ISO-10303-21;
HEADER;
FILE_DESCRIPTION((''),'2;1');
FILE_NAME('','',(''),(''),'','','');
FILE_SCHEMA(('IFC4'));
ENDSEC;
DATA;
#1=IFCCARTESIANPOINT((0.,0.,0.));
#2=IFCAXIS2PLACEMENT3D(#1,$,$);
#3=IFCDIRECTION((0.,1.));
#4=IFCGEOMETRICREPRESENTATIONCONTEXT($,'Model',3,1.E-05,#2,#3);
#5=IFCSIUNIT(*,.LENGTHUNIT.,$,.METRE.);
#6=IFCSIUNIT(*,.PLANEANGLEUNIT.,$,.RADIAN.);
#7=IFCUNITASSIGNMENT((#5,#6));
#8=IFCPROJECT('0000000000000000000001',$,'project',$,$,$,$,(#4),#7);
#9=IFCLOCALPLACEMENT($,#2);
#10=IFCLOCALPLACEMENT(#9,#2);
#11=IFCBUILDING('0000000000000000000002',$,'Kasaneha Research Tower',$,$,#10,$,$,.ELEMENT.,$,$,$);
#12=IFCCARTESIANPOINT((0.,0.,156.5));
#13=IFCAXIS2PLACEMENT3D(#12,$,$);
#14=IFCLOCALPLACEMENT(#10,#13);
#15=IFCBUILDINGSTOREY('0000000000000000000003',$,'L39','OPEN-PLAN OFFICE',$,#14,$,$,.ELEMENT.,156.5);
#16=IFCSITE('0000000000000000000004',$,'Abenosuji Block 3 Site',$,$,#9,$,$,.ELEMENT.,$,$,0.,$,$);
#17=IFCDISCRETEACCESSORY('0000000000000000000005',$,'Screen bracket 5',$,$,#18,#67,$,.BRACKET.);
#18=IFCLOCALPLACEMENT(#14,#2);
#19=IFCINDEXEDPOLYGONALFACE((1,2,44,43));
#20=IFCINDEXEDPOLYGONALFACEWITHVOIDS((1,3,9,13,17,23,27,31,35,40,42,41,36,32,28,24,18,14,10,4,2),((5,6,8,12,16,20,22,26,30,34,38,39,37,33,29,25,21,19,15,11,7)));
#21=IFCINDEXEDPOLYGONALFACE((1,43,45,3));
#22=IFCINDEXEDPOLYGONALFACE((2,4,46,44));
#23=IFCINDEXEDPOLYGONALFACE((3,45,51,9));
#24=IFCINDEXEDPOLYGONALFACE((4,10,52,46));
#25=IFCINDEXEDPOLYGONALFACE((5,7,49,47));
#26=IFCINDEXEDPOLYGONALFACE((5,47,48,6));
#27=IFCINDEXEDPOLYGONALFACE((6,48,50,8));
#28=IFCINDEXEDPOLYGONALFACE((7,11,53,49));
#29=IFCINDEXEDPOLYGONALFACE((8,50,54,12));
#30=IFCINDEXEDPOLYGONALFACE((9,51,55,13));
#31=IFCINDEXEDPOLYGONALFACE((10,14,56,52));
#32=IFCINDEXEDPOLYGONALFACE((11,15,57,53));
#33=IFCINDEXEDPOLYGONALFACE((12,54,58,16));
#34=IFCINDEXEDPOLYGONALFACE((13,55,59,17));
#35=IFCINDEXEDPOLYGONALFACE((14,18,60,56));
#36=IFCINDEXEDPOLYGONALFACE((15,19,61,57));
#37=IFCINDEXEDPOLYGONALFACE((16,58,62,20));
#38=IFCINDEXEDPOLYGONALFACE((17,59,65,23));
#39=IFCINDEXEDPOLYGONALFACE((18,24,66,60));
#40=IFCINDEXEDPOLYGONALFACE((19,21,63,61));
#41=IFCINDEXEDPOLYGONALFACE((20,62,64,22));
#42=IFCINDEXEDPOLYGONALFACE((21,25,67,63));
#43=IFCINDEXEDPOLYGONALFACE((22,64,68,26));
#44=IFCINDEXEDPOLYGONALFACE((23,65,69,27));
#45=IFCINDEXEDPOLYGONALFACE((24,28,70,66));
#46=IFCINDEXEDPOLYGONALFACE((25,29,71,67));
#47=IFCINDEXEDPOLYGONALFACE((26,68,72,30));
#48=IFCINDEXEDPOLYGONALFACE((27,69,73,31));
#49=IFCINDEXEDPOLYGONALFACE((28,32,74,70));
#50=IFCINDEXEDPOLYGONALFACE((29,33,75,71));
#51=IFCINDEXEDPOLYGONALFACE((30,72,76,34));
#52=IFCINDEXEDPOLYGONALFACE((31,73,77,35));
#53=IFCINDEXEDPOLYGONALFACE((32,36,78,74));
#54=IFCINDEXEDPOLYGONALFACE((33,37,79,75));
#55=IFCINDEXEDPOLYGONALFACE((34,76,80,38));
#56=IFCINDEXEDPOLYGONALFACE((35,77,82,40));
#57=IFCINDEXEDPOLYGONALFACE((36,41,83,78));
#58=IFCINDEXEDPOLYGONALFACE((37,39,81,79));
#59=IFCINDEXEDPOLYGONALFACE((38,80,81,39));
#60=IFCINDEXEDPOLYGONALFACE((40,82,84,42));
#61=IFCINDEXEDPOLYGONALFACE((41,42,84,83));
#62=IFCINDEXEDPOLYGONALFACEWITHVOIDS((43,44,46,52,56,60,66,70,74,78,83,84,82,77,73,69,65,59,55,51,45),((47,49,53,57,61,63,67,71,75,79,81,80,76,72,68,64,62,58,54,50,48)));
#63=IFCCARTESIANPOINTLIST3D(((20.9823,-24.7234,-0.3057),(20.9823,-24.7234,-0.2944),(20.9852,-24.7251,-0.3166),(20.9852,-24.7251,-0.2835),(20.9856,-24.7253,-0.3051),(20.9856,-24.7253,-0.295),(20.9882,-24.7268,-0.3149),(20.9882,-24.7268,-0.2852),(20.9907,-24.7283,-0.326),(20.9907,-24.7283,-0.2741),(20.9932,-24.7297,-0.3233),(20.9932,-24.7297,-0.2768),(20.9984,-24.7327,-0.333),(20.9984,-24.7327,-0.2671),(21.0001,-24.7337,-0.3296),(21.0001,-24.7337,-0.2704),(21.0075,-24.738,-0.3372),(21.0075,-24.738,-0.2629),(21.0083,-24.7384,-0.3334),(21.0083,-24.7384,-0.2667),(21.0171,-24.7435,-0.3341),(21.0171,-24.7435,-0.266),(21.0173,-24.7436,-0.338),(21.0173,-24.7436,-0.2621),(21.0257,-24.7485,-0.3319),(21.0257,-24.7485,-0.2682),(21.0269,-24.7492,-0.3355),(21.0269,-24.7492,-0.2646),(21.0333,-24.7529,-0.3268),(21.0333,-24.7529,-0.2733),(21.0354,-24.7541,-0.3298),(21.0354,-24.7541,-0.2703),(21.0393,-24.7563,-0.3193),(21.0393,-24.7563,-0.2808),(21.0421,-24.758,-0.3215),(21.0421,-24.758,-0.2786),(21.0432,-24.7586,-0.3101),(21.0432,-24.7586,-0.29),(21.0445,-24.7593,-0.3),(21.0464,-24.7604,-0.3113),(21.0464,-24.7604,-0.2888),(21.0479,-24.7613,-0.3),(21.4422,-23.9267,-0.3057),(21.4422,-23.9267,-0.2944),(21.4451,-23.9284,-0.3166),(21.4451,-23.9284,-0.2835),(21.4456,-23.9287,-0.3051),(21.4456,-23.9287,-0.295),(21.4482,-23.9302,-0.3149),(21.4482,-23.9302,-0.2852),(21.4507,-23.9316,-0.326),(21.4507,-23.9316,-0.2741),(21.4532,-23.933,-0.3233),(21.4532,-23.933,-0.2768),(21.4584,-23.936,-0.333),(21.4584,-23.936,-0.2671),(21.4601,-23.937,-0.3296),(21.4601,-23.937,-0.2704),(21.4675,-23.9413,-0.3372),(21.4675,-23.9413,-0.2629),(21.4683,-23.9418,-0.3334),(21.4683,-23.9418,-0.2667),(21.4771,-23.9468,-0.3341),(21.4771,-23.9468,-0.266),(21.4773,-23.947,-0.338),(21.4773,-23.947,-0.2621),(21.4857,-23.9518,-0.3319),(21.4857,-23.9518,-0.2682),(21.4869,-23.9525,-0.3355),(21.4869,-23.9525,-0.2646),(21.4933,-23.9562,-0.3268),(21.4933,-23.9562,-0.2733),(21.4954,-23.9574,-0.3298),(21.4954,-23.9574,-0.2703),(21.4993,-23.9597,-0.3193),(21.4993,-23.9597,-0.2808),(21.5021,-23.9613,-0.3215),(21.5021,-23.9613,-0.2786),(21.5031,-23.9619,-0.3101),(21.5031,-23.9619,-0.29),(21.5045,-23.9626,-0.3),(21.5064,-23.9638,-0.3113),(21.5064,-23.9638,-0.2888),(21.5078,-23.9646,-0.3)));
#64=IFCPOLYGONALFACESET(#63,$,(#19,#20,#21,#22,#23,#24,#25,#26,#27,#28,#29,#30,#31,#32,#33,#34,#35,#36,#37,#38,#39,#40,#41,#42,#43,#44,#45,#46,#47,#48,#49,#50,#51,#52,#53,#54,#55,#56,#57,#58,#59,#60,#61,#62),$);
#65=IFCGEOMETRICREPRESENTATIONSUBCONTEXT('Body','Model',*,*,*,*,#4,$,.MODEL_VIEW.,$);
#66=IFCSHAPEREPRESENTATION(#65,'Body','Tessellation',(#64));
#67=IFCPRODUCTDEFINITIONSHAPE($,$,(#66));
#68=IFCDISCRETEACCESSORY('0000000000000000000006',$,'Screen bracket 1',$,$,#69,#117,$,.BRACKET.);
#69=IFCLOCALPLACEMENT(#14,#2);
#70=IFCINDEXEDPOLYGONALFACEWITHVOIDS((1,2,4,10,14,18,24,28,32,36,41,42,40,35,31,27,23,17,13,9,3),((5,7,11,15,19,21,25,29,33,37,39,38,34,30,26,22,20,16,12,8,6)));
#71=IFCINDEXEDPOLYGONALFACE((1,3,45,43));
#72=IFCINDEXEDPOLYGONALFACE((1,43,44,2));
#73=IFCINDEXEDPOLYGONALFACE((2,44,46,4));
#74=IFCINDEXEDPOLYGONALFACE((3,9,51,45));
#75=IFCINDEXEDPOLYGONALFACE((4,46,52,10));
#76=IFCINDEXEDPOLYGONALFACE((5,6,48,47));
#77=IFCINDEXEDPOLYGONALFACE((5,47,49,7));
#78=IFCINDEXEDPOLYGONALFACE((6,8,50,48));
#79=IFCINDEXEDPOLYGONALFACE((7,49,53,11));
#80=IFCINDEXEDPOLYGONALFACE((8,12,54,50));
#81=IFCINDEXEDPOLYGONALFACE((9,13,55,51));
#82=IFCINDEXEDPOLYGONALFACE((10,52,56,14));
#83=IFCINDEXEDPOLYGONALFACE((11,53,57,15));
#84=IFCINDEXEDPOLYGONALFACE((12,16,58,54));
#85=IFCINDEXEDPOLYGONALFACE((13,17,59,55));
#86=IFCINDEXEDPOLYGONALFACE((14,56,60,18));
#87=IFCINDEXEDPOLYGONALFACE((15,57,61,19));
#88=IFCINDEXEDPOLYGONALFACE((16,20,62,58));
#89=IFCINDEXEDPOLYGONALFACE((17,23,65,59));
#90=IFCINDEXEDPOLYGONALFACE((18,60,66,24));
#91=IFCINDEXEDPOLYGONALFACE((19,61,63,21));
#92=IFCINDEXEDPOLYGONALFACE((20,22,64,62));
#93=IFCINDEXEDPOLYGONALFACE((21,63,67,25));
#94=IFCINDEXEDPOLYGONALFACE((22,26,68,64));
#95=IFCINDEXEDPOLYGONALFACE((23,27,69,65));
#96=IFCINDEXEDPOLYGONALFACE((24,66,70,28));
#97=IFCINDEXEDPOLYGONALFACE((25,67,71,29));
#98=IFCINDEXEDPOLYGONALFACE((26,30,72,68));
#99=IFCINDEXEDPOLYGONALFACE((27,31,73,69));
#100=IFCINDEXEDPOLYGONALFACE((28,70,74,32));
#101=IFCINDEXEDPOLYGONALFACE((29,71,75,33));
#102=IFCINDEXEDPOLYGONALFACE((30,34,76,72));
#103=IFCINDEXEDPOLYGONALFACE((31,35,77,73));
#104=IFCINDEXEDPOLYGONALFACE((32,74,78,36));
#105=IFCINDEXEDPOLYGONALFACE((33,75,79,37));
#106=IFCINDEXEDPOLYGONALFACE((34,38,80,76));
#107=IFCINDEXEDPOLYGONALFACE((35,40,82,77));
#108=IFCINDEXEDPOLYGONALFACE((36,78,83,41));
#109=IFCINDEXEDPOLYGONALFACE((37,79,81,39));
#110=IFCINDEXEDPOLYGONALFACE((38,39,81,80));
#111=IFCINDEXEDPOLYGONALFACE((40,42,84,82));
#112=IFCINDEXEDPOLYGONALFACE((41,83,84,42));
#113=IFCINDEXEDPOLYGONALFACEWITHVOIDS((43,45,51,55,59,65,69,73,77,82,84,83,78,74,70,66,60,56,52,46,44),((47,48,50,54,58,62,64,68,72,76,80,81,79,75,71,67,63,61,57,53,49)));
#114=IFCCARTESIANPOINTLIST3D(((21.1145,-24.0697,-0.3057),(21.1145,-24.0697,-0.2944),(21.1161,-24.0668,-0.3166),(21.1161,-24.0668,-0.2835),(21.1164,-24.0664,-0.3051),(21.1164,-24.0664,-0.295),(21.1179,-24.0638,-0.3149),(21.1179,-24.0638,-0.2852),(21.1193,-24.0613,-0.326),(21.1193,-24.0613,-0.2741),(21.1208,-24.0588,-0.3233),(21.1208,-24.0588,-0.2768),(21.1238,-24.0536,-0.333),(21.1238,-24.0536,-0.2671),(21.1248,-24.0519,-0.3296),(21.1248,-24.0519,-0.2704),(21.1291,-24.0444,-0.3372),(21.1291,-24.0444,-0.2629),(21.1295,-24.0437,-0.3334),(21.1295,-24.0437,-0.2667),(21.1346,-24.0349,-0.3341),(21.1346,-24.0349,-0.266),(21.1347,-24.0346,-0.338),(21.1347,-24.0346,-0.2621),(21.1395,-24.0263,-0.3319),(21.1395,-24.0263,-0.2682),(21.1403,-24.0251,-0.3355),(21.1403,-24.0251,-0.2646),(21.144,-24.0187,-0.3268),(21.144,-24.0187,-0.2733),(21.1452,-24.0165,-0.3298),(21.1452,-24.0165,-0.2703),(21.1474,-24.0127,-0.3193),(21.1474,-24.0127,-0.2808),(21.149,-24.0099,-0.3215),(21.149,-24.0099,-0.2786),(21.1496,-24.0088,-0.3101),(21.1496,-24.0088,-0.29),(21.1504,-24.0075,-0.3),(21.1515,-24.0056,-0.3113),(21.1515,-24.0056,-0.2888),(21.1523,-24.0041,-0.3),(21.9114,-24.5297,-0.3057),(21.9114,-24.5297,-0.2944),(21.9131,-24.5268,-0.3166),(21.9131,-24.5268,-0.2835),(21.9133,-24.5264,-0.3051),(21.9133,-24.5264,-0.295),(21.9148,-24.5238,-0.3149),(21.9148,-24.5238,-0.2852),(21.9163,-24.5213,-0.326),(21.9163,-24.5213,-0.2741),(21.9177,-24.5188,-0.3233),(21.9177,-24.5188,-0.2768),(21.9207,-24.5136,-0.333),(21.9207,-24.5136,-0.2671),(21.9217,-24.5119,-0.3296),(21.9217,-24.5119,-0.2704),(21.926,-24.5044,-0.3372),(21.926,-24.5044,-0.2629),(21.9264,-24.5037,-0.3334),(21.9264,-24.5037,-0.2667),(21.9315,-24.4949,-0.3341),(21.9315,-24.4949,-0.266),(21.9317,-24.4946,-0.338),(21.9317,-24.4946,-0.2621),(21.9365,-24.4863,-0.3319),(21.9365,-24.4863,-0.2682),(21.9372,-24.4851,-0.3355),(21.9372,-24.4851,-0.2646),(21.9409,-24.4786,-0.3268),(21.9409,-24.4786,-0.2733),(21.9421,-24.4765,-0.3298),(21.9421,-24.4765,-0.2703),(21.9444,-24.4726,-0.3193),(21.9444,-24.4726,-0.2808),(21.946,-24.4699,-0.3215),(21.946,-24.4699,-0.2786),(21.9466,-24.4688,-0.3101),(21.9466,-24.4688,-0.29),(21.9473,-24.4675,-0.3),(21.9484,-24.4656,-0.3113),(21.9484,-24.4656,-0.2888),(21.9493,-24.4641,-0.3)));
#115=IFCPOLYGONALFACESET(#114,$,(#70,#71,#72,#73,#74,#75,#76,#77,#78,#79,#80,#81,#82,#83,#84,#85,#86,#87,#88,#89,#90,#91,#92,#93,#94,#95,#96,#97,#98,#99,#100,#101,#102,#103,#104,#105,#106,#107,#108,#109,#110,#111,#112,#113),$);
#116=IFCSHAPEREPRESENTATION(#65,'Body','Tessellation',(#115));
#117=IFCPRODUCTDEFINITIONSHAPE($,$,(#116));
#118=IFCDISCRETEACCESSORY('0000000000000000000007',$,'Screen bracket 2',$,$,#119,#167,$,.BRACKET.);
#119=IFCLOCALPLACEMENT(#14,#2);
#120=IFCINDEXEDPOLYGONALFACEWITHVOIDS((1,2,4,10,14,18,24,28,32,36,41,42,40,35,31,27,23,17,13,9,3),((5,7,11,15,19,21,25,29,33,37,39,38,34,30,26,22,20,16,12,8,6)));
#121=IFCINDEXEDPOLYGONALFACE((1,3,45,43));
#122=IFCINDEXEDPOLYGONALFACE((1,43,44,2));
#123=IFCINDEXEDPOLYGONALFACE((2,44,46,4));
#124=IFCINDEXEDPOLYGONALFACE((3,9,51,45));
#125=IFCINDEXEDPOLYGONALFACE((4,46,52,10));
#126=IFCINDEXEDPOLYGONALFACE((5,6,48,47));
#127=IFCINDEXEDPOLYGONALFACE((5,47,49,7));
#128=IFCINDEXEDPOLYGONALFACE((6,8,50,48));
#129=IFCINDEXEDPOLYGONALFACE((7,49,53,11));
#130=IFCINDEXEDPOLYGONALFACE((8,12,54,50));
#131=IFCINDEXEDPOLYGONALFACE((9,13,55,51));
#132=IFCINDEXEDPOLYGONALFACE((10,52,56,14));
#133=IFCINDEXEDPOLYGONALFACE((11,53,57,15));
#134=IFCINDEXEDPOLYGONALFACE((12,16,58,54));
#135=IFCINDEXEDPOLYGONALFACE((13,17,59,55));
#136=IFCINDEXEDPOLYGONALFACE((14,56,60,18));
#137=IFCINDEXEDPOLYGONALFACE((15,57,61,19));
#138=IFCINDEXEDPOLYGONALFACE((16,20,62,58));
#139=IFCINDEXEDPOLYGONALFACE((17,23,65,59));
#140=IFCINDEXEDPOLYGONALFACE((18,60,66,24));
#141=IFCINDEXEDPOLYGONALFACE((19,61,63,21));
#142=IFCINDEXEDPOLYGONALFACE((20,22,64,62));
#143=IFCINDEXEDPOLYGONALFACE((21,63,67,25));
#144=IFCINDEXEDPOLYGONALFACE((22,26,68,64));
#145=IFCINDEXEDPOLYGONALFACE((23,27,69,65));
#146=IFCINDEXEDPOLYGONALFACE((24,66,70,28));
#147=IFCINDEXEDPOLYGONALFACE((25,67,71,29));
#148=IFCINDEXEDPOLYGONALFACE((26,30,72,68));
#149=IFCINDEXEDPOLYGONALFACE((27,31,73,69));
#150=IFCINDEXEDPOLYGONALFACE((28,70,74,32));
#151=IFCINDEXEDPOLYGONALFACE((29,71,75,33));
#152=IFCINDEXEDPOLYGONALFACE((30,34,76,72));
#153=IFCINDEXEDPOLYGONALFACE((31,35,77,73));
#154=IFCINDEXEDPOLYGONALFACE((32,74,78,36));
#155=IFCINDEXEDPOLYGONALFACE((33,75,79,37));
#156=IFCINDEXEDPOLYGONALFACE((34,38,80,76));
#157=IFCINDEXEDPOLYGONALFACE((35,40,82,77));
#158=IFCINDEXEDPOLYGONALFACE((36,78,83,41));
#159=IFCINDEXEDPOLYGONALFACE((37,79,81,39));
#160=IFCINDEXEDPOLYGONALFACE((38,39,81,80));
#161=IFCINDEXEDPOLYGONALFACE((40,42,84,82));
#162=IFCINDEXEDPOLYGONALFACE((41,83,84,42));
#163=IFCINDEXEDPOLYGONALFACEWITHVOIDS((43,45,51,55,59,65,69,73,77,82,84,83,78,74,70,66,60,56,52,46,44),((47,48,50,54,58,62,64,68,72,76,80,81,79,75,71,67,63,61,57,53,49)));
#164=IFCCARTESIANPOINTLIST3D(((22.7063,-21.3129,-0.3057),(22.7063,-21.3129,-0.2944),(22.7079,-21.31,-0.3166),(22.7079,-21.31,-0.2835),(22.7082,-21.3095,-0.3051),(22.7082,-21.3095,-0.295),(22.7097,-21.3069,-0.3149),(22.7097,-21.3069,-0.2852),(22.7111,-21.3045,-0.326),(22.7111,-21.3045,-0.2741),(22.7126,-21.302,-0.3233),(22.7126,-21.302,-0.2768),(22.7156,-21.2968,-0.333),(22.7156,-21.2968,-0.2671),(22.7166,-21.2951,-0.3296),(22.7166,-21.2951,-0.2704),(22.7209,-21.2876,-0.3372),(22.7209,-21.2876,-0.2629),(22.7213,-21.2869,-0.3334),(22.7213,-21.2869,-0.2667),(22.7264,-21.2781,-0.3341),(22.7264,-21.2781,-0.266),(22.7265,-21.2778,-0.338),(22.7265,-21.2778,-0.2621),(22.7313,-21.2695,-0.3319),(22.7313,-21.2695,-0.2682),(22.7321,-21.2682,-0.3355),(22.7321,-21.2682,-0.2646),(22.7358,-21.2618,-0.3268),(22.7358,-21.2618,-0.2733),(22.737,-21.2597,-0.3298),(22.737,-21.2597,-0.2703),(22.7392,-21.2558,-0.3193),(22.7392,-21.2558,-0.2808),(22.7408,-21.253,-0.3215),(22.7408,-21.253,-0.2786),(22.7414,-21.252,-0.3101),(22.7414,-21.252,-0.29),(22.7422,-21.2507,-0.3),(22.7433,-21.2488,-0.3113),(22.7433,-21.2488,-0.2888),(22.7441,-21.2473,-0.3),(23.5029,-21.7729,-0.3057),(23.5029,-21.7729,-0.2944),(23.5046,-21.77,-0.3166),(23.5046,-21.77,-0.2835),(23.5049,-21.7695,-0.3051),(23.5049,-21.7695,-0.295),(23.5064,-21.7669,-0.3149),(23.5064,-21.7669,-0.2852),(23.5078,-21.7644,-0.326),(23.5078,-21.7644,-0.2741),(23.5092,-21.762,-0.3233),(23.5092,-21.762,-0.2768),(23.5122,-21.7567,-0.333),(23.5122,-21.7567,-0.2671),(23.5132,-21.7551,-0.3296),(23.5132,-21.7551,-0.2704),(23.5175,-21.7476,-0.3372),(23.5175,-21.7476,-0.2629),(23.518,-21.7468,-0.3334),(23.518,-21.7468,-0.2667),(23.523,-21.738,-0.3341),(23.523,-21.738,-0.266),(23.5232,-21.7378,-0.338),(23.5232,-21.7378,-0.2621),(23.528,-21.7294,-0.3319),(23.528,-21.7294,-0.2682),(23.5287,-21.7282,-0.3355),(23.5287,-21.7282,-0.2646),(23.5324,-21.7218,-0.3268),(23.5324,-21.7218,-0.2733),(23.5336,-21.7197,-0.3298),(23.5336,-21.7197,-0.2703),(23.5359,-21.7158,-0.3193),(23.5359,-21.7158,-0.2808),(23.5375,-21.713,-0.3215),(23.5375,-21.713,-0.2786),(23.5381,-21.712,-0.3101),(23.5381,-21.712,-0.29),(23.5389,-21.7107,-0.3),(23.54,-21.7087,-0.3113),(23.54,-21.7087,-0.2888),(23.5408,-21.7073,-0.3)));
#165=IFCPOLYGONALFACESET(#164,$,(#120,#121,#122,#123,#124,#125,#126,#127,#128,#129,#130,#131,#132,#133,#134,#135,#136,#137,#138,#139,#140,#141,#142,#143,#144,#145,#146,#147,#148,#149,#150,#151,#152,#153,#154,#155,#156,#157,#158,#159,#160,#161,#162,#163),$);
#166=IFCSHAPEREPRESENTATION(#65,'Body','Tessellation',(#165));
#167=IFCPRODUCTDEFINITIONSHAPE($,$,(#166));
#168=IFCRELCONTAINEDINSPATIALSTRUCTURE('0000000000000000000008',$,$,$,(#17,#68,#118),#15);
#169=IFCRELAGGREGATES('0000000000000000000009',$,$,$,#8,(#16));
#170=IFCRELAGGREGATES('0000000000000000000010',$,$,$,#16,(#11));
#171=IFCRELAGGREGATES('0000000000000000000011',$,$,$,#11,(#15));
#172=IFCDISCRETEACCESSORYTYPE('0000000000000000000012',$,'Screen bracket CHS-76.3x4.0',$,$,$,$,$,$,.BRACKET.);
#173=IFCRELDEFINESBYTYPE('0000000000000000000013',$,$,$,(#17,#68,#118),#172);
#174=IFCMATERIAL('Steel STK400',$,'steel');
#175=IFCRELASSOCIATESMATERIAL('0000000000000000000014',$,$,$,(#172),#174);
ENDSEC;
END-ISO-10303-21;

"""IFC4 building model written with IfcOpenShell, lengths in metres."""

from ifc_helpers import new_model, si_unit, direction, frame, origin, origin_2d, place, context, subcontext, project, spatial, hollow_circle, extrude, material, material_profile, profile_set, type_object, element, save


model = new_model("IFC4")

# Units and contexts
model_context = context("Model", 3, precision=1e-05, world=origin(), true_north=direction((0.0, 1.0)))
body_context = subcontext(model_context, "Body", "Model", "MODEL_VIEW")
ifc_project = project(units=[si_unit("LENGTHUNIT", "METRE"), si_unit("PLANEANGLEUNIT", "RADIAN")], contexts=[model_context])

# Site, building, storey
site_placement = place(None, origin())
site = spatial("IfcSite", under=ifc_project, at=site_placement, Name="Abenosuji Block 3 Site", CompositionType="ELEMENT", RefElevation=0.0)
building_placement = place(site_placement, origin())
building = spatial("IfcBuilding", under=site, at=building_placement, Name="Kasaneha Research Tower", CompositionType="ELEMENT")
storey_placement = place(building_placement, frame((0.0, 0.0, 156.5)))
storey = spatial("IfcBuildingStorey", under=building, at=storey_placement, Name="L39", Description="OPEN-PLAN OFFICE", CompositionType="ELEMENT", Elevation=156.5)

# Discrete accessories
ifc_material_1 = material(Name="Steel STK400", Category="steel")
ifc_material_profile_1 = material_profile(ifc_material_1, hollow_circle(Radius=0.0381, WallThickness=0.0039, at=origin_2d()), Name="CHS-76.3x4.0")
ifc_profile_set_1 = profile_set([ifc_material_profile_1], Name="Steel STK400")
discrete_accessory_type = type_object("IfcDiscreteAccessoryType", Name="Screen bracket CHS-76.3x4.0", PredefinedType="BRACKET", material=ifc_profile_set_1)
discrete_accessory_1_placement = place(storey_placement, frame((21.4749, -23.9456, -0.3), z_axis=(-0.500021, -0.866013, 0.0), x_axis=(0.866013, -0.500021, 0.0)))
element("IfcDiscreteAccessory", 1, at=discrete_accessory_1_placement, inside=storey, type_object=discrete_accessory_type, Name="Screen bracket 5", PredefinedType="BRACKET", context=body_context, shape_type="SweptSolid", body=[
    extrude(hollow_circle(Radius=0.0381, WallThickness=0.0039, at=origin_2d()), origin(), (0.0, 0.0, 1.0), 0.9199),
])
discrete_accessory_2_placement = place(storey_placement, frame((21.1333, -24.0371, -0.3), z_axis=(0.86608, -0.499906, 0.0), x_axis=(0.499906, 0.86608, 0.0)))
element("IfcDiscreteAccessory", 2, at=discrete_accessory_2_placement, inside=storey, type_object=discrete_accessory_type, Name="Screen bracket 1", PredefinedType="BRACKET", context=body_context, shape_type="SweptSolid", body=[
    extrude(hollow_circle(Radius=0.0381, WallThickness=0.0039, at=origin_2d()), origin(), (0.0, 0.0, 1.0), 0.9202),
])
discrete_accessory_3_placement = place(storey_placement, frame((22.7251, -21.2803, -0.3), z_axis=(0.866013, -0.500021, 0.0), x_axis=(0.500021, 0.866013, 0.0)))
element("IfcDiscreteAccessory", 3, at=discrete_accessory_3_placement, inside=storey, type_object=discrete_accessory_type, Name="Screen bracket 2", PredefinedType="BRACKET", context=body_context, shape_type="SweptSolid", body=[
    extrude(hollow_circle(Radius=0.0381, WallThickness=0.0039, at=origin_2d()), origin(), (0.0, 0.0, 1.0), 0.9199),
])

save(model, "model.ifc")
